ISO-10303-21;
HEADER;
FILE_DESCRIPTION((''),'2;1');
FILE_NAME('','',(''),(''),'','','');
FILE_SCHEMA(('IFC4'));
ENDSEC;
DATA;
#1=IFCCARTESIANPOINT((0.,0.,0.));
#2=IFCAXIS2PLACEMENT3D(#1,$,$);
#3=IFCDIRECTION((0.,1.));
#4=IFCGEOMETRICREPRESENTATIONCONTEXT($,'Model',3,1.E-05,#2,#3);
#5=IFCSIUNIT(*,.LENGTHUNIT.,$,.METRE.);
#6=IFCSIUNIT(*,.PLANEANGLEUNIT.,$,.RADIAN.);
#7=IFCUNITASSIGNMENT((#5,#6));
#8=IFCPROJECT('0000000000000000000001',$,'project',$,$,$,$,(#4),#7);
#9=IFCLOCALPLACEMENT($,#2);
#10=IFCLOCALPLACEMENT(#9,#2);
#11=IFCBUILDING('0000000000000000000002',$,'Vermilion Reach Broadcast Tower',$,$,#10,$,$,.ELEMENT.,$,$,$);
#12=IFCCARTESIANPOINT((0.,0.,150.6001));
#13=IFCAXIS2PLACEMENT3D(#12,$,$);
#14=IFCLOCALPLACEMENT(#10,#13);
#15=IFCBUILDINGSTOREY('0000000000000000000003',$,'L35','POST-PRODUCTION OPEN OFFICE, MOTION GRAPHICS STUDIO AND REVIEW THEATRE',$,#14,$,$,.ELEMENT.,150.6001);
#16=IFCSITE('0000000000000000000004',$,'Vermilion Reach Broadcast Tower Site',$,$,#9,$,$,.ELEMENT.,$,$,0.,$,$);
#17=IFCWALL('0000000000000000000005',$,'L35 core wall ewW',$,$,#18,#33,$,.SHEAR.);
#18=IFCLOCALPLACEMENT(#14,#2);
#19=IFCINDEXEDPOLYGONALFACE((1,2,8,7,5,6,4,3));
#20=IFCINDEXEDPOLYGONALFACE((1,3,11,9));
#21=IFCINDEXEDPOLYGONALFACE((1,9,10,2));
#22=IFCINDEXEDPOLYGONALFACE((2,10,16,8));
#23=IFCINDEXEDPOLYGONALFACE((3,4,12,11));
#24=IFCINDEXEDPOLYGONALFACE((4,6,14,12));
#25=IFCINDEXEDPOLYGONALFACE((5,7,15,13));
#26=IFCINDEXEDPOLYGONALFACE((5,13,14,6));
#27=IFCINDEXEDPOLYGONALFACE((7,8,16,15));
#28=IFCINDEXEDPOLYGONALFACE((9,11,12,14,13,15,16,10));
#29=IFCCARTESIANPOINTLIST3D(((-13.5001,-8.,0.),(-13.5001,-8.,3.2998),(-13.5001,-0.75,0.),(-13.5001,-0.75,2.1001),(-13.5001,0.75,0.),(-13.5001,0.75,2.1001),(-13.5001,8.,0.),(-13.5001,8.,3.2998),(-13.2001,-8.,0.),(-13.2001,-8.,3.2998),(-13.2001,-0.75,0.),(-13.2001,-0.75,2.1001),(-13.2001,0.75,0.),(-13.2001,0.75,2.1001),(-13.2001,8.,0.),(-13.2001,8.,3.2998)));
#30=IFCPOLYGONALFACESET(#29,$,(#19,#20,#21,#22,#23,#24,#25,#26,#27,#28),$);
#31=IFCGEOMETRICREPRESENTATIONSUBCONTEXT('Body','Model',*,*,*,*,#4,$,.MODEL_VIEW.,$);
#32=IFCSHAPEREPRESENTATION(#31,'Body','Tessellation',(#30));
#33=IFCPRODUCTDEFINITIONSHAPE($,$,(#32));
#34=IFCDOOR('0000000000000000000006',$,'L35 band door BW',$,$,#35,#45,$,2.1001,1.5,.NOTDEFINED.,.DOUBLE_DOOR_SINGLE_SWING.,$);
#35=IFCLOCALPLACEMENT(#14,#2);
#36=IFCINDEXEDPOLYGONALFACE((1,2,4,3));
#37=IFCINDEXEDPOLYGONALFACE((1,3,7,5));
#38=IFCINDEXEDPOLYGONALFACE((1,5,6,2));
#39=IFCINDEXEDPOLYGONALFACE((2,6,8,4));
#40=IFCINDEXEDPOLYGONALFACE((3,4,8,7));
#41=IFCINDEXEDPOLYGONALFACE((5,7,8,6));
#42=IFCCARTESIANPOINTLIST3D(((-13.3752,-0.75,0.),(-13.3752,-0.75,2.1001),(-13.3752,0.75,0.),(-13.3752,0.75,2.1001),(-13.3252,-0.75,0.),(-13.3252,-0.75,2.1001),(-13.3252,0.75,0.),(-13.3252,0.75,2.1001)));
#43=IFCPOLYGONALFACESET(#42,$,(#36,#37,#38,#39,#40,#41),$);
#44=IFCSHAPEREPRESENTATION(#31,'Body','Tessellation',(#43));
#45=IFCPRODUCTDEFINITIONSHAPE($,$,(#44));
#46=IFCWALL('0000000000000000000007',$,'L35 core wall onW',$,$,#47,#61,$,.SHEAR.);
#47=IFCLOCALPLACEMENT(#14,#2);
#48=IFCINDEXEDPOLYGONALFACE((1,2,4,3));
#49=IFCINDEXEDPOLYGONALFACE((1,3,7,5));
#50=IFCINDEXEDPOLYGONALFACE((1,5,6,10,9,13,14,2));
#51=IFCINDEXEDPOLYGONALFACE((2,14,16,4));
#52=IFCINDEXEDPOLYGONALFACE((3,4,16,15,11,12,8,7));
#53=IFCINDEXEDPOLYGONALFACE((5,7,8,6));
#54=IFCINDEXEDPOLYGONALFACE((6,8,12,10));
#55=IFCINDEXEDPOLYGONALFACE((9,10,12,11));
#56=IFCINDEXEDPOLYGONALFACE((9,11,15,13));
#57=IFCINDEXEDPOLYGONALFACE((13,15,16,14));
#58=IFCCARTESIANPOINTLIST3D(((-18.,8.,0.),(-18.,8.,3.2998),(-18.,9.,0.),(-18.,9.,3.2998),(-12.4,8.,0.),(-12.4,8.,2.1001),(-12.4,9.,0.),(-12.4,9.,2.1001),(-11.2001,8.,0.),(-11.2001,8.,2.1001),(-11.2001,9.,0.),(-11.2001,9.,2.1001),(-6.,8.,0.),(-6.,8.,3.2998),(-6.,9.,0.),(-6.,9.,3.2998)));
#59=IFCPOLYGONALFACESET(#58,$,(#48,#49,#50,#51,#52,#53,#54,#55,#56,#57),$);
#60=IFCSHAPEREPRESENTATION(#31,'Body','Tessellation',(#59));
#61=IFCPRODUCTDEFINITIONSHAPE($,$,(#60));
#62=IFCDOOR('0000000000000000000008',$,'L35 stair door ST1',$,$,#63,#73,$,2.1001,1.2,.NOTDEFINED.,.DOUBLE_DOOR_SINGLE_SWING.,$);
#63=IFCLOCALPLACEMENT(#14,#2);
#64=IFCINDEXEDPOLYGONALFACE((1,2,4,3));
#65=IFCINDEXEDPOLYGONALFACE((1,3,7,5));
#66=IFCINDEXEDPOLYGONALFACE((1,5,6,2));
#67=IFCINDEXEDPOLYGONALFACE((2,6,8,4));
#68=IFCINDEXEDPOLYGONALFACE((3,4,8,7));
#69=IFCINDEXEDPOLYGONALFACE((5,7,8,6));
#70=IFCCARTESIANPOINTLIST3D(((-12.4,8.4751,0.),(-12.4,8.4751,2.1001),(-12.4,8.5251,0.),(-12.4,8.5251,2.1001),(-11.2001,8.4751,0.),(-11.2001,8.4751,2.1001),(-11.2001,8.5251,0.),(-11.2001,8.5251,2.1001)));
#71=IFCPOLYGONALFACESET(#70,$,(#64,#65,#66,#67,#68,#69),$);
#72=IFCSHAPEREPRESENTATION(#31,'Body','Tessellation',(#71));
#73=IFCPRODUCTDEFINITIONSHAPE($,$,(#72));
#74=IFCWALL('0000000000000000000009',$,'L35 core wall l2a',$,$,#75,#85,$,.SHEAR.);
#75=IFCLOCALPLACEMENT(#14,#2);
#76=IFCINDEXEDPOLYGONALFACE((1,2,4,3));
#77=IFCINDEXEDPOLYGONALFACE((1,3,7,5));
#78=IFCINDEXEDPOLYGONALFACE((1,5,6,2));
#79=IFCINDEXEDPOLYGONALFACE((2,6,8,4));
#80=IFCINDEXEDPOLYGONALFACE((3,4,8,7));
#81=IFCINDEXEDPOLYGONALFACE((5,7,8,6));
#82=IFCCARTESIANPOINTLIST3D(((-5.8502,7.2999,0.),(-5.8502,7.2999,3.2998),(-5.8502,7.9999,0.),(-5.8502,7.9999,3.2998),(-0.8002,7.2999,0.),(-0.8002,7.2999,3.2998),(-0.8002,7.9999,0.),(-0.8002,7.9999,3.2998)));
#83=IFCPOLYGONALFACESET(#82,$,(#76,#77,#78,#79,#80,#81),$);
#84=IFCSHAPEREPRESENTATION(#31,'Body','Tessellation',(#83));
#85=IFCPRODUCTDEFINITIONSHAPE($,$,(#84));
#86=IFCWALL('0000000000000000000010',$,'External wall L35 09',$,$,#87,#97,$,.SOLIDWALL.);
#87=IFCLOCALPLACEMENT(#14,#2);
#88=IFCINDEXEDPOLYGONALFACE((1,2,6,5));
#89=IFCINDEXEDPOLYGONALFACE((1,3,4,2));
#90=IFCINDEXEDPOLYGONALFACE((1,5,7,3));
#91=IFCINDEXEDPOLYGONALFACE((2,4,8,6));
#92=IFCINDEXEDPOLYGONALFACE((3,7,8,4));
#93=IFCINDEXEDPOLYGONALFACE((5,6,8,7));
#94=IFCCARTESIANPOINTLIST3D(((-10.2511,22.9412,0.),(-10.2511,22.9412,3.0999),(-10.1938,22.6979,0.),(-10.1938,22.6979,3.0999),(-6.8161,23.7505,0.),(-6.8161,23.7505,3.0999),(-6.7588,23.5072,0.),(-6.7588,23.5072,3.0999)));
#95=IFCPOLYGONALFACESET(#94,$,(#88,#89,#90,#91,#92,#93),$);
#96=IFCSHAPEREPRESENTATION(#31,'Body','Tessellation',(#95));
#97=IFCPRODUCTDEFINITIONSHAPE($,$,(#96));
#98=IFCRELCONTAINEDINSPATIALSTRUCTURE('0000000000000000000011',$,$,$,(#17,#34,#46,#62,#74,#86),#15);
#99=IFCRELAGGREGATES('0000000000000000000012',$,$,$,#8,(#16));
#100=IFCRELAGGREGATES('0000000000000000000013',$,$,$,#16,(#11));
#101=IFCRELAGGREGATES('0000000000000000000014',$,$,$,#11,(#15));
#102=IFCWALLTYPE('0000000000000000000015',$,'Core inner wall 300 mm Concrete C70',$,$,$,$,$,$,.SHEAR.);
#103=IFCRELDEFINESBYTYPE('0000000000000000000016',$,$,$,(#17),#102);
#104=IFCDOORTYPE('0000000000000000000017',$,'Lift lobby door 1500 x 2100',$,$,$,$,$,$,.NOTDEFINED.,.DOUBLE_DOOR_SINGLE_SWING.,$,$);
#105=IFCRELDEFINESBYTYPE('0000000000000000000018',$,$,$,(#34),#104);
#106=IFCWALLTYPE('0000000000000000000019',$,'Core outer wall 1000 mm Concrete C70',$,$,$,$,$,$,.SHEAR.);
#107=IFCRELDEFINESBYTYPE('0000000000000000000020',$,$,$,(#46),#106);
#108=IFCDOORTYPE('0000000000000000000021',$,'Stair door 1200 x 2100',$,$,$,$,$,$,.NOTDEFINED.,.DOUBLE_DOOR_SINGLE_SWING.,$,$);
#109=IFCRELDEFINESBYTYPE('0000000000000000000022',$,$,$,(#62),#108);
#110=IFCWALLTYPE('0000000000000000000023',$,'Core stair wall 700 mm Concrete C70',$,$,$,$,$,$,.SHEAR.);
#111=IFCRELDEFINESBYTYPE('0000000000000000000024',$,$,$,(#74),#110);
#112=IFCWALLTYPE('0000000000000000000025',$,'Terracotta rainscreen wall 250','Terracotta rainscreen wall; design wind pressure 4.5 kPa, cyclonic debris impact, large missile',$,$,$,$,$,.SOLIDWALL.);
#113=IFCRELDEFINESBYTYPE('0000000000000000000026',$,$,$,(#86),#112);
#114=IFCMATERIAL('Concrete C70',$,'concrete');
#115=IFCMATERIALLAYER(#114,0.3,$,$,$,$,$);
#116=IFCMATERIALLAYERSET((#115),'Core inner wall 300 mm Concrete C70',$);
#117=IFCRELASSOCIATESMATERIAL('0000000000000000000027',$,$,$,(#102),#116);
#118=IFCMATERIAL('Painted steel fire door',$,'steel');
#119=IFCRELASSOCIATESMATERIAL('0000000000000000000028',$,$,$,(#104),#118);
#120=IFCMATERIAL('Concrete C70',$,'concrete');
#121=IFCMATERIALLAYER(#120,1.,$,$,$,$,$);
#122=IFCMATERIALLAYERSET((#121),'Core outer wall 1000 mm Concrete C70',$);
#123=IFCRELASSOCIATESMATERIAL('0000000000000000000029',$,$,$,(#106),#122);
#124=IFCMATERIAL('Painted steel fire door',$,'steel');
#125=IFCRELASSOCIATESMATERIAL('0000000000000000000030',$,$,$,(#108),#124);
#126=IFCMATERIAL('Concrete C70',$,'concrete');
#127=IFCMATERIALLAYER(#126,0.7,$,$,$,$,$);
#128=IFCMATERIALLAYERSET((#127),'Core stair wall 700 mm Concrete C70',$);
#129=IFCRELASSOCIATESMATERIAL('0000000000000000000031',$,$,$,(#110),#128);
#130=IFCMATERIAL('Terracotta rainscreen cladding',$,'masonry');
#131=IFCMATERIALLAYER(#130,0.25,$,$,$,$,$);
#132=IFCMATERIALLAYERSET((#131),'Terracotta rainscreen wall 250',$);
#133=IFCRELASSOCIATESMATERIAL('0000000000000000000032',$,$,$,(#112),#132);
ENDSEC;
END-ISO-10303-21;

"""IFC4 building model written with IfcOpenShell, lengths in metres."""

from ifc_helpers import new_model, si_unit, direction, frame, frame_2d, origin, place, context, subcontext, project, spatial, rectangle, extrude, material, layer, layer_set, type_object, element, fill, save


model = new_model("IFC4")

# Units and contexts
model_context = context("Model", 3, precision=1e-05, world=origin(), true_north=direction((0.0, 1.0)))
body_context = subcontext(model_context, "Body", "Model", "MODEL_VIEW")
ifc_project = project(units=[si_unit("LENGTHUNIT", "METRE"), si_unit("PLANEANGLEUNIT", "RADIAN")], contexts=[model_context])

# Site, building, storey
site_placement = place(None, origin())
site = spatial("IfcSite", under=ifc_project, at=site_placement, Name="Vermilion Reach Broadcast Tower Site", CompositionType="ELEMENT", RefElevation=0.0)
building_placement = place(site_placement, origin())
building = spatial("IfcBuilding", under=site, at=building_placement, Name="Vermilion Reach Broadcast Tower", CompositionType="ELEMENT")
storey_placement = place(building_placement, frame((0.0, 0.0, 150.6001)))
storey = spatial("IfcBuildingStorey", under=building, at=storey_placement, Name="L35", Description="POST-PRODUCTION OPEN OFFICE, MOTION GRAPHICS STUDIO AND REVIEW THEATRE", CompositionType="ELEMENT", Elevation=150.6001)

# Walls, openings, doors
ifc_material_1 = material(Name="Concrete C70", Category="concrete")
ifc_layer_1 = layer(ifc_material_1, 0.3)
ifc_layer_set_1 = layer_set([ifc_layer_1], Name="Core inner wall 300 mm Concrete C70")
wall_type_1 = type_object("IfcWallType", Name="Core inner wall 300 mm Concrete C70", PredefinedType="SHEAR", material=ifc_layer_set_1)
wall_1_placement = place(storey_placement, frame((-13.3501, 8.0, 0.0), z_axis=(0.0, 0.0, 1.0), x_axis=(0.0, -1.0, 0.0)))
wall_1 = element("IfcWall", 1, at=wall_1_placement, inside=storey, type_object=wall_type_1, Name="L35 core wall ewW", PredefinedType="SHEAR", context=body_context, shape_type="SweptSolid", body=[
    extrude(rectangle(XDim=16.0, YDim=0.3, at=frame_2d((8.0, 0.0))), origin(), (0.0, 0.0, 1.0), 3.2998),
])
opening_1_placement = place(wall_1_placement, frame((7.25, 0.0, 0.0)))
opening_1 = element("IfcOpeningElement", 2, at=opening_1_placement, cuts=wall_1, PredefinedType="OPENING", context=body_context, shape_type="SweptSolid", body=[
    extrude(rectangle(XDim=1.5, YDim=2.1001, at=frame_2d((0.75, 1.05))), frame((0.0, 0.1599, 0.0), z_axis=(0.0, -1.0, 0.0), x_axis=(1.0, 0.0, 0.0)), (0.0, 0.0, 1.0), 0.3201),
])
ifc_material_2 = material(Name="Painted steel fire door", Category="steel")
door_type_1 = type_object("IfcDoorType", Name="Lift lobby door 1500 x 2100", OperationType="DOUBLE_DOOR_SINGLE_SWING", PredefinedType="NOTDEFINED", material=ifc_material_2)
door_1_placement = place(opening_1_placement, origin())
door_1 = element("IfcDoor", 3, at=door_1_placement, inside=storey, type_object=door_type_1, Name="L35 band door BW", OperationType="DOUBLE_DOOR_SINGLE_SWING", OverallHeight=2.1001, OverallWidth=1.5, PredefinedType="NOTDEFINED", context=body_context, shape_type="SweptSolid", body=[
    extrude(rectangle(XDim=1.5, YDim=2.1001, at=frame_2d((0.75, 1.05))), frame((0.0, 0.0249, 0.0), z_axis=(0.0, -1.0, 0.0), x_axis=(1.0, 0.0, 0.0)), (0.0, 0.0, 1.0), 0.05),
])
fill(opening_1, door_1)
ifc_material_3 = material(Name="Concrete C70", Category="concrete")
ifc_layer_2 = layer(ifc_material_3, 1.0)
ifc_layer_set_2 = layer_set([ifc_layer_2], Name="Core outer wall 1000 mm Concrete C70")
wall_type_2 = type_object("IfcWallType", Name="Core outer wall 1000 mm Concrete C70", PredefinedType="SHEAR", material=ifc_layer_set_2)
wall_2_placement = place(storey_placement, frame((-6.0, 8.5, 0.0), z_axis=(0.0, 0.0, 1.0), x_axis=(-1.0, 0.0, 0.0)))
wall_2 = element("IfcWall", 4, at=wall_2_placement, inside=storey, type_object=wall_type_2, Name="L35 core wall onW", PredefinedType="SHEAR", context=body_context, shape_type="SweptSolid", body=[
    extrude(rectangle(XDim=12.0, YDim=1.0, at=frame_2d((6.0, 0.0))), origin(), (0.0, 0.0, 1.0), 3.2998),
])
opening_2_placement = place(wall_2_placement, frame((5.2, 0.0, 0.0)))
opening_2 = element("IfcOpeningElement", 5, at=opening_2_placement, cuts=wall_2, PredefinedType="OPENING", context=body_context, shape_type="SweptSolid", body=[
    extrude(rectangle(XDim=1.2, YDim=2.1001, at=frame_2d((0.6001, 1.05))), frame((0.0, 0.51, 0.0), z_axis=(0.0, -1.0, 0.0), x_axis=(1.0, 0.0, 0.0)), (0.0, 0.0, 1.0), 1.02),
])
ifc_material_4 = material(Name="Painted steel fire door", Category="steel")
door_type_2 = type_object("IfcDoorType", Name="Stair door 1200 x 2100", OperationType="DOUBLE_DOOR_SINGLE_SWING", PredefinedType="NOTDEFINED", material=ifc_material_4)
door_2_placement = place(opening_2_placement, origin())
door_2 = element("IfcDoor", 6, at=door_2_placement, inside=storey, type_object=door_type_2, Name="L35 stair door ST1", OperationType="DOUBLE_DOOR_SINGLE_SWING", OverallHeight=2.1001, OverallWidth=1.2, PredefinedType="NOTDEFINED", context=body_context, shape_type="SweptSolid", body=[
    extrude(rectangle(XDim=1.2, YDim=2.1001, at=frame_2d((0.6001, 1.05))), frame((0.0, 0.0249, 0.0), z_axis=(0.0, -1.0, 0.0), x_axis=(1.0, 0.0, 0.0)), (0.0, 0.0, 1.0), 0.05),
])
fill(opening_2, door_2)

# Walls
ifc_material_5 = material(Name="Concrete C70", Category="concrete")
ifc_layer_3 = layer(ifc_material_5, 0.7)
ifc_layer_set_3 = layer_set([ifc_layer_3], Name="Core stair wall 700 mm Concrete C70")
wall_type_3 = type_object("IfcWallType", Name="Core stair wall 700 mm Concrete C70", PredefinedType="SHEAR", material=ifc_layer_set_3)
wall_3_placement = place(storey_placement, frame((-5.8501, 7.6499, 0.0), z_axis=(0.0, 0.0, 1.0), x_axis=(1.0, 0.0, 0.0)))
element("IfcWall", 7, at=wall_3_placement, inside=storey, type_object=wall_type_3, Name="L35 core wall l2a", PredefinedType="SHEAR", context=body_context, shape_type="SweptSolid", body=[
    extrude(rectangle(XDim=5.05, YDim=0.7, at=frame_2d((2.5249, 0.0))), origin(), (0.0, 0.0, 1.0), 3.2998),
])
ifc_material_6 = material(Name="Terracotta rainscreen cladding", Category="masonry")
ifc_layer_4 = layer(ifc_material_6, 0.25)
ifc_layer_set_4 = layer_set([ifc_layer_4], Name="Terracotta rainscreen wall 250")
wall_type_4 = type_object("IfcWallType", Name="Terracotta rainscreen wall 250", Description="Terracotta rainscreen wall; design wind pressure 4.5 kPa, cyclonic debris impact, large missile", PredefinedType="SOLIDWALL", material=ifc_layer_set_4)
wall_4_placement = place(storey_placement, frame((-6.7874, 23.6289, 0.0), z_axis=(0.0, 0.0, 1.0), x_axis=(-0.973349, -0.229329, 0.0)))
element("IfcWall", 8, at=wall_4_placement, inside=storey, type_object=wall_type_4, Name="External wall L35 09", PredefinedType="SOLIDWALL", context=body_context, shape_type="SweptSolid", body=[
    extrude(rectangle(XDim=3.5291, YDim=0.25, at=frame_2d((1.7646, 0.0))), origin(), (0.0, 0.0, 1.0), 3.0999),
])

save(model, "model.ifc")
